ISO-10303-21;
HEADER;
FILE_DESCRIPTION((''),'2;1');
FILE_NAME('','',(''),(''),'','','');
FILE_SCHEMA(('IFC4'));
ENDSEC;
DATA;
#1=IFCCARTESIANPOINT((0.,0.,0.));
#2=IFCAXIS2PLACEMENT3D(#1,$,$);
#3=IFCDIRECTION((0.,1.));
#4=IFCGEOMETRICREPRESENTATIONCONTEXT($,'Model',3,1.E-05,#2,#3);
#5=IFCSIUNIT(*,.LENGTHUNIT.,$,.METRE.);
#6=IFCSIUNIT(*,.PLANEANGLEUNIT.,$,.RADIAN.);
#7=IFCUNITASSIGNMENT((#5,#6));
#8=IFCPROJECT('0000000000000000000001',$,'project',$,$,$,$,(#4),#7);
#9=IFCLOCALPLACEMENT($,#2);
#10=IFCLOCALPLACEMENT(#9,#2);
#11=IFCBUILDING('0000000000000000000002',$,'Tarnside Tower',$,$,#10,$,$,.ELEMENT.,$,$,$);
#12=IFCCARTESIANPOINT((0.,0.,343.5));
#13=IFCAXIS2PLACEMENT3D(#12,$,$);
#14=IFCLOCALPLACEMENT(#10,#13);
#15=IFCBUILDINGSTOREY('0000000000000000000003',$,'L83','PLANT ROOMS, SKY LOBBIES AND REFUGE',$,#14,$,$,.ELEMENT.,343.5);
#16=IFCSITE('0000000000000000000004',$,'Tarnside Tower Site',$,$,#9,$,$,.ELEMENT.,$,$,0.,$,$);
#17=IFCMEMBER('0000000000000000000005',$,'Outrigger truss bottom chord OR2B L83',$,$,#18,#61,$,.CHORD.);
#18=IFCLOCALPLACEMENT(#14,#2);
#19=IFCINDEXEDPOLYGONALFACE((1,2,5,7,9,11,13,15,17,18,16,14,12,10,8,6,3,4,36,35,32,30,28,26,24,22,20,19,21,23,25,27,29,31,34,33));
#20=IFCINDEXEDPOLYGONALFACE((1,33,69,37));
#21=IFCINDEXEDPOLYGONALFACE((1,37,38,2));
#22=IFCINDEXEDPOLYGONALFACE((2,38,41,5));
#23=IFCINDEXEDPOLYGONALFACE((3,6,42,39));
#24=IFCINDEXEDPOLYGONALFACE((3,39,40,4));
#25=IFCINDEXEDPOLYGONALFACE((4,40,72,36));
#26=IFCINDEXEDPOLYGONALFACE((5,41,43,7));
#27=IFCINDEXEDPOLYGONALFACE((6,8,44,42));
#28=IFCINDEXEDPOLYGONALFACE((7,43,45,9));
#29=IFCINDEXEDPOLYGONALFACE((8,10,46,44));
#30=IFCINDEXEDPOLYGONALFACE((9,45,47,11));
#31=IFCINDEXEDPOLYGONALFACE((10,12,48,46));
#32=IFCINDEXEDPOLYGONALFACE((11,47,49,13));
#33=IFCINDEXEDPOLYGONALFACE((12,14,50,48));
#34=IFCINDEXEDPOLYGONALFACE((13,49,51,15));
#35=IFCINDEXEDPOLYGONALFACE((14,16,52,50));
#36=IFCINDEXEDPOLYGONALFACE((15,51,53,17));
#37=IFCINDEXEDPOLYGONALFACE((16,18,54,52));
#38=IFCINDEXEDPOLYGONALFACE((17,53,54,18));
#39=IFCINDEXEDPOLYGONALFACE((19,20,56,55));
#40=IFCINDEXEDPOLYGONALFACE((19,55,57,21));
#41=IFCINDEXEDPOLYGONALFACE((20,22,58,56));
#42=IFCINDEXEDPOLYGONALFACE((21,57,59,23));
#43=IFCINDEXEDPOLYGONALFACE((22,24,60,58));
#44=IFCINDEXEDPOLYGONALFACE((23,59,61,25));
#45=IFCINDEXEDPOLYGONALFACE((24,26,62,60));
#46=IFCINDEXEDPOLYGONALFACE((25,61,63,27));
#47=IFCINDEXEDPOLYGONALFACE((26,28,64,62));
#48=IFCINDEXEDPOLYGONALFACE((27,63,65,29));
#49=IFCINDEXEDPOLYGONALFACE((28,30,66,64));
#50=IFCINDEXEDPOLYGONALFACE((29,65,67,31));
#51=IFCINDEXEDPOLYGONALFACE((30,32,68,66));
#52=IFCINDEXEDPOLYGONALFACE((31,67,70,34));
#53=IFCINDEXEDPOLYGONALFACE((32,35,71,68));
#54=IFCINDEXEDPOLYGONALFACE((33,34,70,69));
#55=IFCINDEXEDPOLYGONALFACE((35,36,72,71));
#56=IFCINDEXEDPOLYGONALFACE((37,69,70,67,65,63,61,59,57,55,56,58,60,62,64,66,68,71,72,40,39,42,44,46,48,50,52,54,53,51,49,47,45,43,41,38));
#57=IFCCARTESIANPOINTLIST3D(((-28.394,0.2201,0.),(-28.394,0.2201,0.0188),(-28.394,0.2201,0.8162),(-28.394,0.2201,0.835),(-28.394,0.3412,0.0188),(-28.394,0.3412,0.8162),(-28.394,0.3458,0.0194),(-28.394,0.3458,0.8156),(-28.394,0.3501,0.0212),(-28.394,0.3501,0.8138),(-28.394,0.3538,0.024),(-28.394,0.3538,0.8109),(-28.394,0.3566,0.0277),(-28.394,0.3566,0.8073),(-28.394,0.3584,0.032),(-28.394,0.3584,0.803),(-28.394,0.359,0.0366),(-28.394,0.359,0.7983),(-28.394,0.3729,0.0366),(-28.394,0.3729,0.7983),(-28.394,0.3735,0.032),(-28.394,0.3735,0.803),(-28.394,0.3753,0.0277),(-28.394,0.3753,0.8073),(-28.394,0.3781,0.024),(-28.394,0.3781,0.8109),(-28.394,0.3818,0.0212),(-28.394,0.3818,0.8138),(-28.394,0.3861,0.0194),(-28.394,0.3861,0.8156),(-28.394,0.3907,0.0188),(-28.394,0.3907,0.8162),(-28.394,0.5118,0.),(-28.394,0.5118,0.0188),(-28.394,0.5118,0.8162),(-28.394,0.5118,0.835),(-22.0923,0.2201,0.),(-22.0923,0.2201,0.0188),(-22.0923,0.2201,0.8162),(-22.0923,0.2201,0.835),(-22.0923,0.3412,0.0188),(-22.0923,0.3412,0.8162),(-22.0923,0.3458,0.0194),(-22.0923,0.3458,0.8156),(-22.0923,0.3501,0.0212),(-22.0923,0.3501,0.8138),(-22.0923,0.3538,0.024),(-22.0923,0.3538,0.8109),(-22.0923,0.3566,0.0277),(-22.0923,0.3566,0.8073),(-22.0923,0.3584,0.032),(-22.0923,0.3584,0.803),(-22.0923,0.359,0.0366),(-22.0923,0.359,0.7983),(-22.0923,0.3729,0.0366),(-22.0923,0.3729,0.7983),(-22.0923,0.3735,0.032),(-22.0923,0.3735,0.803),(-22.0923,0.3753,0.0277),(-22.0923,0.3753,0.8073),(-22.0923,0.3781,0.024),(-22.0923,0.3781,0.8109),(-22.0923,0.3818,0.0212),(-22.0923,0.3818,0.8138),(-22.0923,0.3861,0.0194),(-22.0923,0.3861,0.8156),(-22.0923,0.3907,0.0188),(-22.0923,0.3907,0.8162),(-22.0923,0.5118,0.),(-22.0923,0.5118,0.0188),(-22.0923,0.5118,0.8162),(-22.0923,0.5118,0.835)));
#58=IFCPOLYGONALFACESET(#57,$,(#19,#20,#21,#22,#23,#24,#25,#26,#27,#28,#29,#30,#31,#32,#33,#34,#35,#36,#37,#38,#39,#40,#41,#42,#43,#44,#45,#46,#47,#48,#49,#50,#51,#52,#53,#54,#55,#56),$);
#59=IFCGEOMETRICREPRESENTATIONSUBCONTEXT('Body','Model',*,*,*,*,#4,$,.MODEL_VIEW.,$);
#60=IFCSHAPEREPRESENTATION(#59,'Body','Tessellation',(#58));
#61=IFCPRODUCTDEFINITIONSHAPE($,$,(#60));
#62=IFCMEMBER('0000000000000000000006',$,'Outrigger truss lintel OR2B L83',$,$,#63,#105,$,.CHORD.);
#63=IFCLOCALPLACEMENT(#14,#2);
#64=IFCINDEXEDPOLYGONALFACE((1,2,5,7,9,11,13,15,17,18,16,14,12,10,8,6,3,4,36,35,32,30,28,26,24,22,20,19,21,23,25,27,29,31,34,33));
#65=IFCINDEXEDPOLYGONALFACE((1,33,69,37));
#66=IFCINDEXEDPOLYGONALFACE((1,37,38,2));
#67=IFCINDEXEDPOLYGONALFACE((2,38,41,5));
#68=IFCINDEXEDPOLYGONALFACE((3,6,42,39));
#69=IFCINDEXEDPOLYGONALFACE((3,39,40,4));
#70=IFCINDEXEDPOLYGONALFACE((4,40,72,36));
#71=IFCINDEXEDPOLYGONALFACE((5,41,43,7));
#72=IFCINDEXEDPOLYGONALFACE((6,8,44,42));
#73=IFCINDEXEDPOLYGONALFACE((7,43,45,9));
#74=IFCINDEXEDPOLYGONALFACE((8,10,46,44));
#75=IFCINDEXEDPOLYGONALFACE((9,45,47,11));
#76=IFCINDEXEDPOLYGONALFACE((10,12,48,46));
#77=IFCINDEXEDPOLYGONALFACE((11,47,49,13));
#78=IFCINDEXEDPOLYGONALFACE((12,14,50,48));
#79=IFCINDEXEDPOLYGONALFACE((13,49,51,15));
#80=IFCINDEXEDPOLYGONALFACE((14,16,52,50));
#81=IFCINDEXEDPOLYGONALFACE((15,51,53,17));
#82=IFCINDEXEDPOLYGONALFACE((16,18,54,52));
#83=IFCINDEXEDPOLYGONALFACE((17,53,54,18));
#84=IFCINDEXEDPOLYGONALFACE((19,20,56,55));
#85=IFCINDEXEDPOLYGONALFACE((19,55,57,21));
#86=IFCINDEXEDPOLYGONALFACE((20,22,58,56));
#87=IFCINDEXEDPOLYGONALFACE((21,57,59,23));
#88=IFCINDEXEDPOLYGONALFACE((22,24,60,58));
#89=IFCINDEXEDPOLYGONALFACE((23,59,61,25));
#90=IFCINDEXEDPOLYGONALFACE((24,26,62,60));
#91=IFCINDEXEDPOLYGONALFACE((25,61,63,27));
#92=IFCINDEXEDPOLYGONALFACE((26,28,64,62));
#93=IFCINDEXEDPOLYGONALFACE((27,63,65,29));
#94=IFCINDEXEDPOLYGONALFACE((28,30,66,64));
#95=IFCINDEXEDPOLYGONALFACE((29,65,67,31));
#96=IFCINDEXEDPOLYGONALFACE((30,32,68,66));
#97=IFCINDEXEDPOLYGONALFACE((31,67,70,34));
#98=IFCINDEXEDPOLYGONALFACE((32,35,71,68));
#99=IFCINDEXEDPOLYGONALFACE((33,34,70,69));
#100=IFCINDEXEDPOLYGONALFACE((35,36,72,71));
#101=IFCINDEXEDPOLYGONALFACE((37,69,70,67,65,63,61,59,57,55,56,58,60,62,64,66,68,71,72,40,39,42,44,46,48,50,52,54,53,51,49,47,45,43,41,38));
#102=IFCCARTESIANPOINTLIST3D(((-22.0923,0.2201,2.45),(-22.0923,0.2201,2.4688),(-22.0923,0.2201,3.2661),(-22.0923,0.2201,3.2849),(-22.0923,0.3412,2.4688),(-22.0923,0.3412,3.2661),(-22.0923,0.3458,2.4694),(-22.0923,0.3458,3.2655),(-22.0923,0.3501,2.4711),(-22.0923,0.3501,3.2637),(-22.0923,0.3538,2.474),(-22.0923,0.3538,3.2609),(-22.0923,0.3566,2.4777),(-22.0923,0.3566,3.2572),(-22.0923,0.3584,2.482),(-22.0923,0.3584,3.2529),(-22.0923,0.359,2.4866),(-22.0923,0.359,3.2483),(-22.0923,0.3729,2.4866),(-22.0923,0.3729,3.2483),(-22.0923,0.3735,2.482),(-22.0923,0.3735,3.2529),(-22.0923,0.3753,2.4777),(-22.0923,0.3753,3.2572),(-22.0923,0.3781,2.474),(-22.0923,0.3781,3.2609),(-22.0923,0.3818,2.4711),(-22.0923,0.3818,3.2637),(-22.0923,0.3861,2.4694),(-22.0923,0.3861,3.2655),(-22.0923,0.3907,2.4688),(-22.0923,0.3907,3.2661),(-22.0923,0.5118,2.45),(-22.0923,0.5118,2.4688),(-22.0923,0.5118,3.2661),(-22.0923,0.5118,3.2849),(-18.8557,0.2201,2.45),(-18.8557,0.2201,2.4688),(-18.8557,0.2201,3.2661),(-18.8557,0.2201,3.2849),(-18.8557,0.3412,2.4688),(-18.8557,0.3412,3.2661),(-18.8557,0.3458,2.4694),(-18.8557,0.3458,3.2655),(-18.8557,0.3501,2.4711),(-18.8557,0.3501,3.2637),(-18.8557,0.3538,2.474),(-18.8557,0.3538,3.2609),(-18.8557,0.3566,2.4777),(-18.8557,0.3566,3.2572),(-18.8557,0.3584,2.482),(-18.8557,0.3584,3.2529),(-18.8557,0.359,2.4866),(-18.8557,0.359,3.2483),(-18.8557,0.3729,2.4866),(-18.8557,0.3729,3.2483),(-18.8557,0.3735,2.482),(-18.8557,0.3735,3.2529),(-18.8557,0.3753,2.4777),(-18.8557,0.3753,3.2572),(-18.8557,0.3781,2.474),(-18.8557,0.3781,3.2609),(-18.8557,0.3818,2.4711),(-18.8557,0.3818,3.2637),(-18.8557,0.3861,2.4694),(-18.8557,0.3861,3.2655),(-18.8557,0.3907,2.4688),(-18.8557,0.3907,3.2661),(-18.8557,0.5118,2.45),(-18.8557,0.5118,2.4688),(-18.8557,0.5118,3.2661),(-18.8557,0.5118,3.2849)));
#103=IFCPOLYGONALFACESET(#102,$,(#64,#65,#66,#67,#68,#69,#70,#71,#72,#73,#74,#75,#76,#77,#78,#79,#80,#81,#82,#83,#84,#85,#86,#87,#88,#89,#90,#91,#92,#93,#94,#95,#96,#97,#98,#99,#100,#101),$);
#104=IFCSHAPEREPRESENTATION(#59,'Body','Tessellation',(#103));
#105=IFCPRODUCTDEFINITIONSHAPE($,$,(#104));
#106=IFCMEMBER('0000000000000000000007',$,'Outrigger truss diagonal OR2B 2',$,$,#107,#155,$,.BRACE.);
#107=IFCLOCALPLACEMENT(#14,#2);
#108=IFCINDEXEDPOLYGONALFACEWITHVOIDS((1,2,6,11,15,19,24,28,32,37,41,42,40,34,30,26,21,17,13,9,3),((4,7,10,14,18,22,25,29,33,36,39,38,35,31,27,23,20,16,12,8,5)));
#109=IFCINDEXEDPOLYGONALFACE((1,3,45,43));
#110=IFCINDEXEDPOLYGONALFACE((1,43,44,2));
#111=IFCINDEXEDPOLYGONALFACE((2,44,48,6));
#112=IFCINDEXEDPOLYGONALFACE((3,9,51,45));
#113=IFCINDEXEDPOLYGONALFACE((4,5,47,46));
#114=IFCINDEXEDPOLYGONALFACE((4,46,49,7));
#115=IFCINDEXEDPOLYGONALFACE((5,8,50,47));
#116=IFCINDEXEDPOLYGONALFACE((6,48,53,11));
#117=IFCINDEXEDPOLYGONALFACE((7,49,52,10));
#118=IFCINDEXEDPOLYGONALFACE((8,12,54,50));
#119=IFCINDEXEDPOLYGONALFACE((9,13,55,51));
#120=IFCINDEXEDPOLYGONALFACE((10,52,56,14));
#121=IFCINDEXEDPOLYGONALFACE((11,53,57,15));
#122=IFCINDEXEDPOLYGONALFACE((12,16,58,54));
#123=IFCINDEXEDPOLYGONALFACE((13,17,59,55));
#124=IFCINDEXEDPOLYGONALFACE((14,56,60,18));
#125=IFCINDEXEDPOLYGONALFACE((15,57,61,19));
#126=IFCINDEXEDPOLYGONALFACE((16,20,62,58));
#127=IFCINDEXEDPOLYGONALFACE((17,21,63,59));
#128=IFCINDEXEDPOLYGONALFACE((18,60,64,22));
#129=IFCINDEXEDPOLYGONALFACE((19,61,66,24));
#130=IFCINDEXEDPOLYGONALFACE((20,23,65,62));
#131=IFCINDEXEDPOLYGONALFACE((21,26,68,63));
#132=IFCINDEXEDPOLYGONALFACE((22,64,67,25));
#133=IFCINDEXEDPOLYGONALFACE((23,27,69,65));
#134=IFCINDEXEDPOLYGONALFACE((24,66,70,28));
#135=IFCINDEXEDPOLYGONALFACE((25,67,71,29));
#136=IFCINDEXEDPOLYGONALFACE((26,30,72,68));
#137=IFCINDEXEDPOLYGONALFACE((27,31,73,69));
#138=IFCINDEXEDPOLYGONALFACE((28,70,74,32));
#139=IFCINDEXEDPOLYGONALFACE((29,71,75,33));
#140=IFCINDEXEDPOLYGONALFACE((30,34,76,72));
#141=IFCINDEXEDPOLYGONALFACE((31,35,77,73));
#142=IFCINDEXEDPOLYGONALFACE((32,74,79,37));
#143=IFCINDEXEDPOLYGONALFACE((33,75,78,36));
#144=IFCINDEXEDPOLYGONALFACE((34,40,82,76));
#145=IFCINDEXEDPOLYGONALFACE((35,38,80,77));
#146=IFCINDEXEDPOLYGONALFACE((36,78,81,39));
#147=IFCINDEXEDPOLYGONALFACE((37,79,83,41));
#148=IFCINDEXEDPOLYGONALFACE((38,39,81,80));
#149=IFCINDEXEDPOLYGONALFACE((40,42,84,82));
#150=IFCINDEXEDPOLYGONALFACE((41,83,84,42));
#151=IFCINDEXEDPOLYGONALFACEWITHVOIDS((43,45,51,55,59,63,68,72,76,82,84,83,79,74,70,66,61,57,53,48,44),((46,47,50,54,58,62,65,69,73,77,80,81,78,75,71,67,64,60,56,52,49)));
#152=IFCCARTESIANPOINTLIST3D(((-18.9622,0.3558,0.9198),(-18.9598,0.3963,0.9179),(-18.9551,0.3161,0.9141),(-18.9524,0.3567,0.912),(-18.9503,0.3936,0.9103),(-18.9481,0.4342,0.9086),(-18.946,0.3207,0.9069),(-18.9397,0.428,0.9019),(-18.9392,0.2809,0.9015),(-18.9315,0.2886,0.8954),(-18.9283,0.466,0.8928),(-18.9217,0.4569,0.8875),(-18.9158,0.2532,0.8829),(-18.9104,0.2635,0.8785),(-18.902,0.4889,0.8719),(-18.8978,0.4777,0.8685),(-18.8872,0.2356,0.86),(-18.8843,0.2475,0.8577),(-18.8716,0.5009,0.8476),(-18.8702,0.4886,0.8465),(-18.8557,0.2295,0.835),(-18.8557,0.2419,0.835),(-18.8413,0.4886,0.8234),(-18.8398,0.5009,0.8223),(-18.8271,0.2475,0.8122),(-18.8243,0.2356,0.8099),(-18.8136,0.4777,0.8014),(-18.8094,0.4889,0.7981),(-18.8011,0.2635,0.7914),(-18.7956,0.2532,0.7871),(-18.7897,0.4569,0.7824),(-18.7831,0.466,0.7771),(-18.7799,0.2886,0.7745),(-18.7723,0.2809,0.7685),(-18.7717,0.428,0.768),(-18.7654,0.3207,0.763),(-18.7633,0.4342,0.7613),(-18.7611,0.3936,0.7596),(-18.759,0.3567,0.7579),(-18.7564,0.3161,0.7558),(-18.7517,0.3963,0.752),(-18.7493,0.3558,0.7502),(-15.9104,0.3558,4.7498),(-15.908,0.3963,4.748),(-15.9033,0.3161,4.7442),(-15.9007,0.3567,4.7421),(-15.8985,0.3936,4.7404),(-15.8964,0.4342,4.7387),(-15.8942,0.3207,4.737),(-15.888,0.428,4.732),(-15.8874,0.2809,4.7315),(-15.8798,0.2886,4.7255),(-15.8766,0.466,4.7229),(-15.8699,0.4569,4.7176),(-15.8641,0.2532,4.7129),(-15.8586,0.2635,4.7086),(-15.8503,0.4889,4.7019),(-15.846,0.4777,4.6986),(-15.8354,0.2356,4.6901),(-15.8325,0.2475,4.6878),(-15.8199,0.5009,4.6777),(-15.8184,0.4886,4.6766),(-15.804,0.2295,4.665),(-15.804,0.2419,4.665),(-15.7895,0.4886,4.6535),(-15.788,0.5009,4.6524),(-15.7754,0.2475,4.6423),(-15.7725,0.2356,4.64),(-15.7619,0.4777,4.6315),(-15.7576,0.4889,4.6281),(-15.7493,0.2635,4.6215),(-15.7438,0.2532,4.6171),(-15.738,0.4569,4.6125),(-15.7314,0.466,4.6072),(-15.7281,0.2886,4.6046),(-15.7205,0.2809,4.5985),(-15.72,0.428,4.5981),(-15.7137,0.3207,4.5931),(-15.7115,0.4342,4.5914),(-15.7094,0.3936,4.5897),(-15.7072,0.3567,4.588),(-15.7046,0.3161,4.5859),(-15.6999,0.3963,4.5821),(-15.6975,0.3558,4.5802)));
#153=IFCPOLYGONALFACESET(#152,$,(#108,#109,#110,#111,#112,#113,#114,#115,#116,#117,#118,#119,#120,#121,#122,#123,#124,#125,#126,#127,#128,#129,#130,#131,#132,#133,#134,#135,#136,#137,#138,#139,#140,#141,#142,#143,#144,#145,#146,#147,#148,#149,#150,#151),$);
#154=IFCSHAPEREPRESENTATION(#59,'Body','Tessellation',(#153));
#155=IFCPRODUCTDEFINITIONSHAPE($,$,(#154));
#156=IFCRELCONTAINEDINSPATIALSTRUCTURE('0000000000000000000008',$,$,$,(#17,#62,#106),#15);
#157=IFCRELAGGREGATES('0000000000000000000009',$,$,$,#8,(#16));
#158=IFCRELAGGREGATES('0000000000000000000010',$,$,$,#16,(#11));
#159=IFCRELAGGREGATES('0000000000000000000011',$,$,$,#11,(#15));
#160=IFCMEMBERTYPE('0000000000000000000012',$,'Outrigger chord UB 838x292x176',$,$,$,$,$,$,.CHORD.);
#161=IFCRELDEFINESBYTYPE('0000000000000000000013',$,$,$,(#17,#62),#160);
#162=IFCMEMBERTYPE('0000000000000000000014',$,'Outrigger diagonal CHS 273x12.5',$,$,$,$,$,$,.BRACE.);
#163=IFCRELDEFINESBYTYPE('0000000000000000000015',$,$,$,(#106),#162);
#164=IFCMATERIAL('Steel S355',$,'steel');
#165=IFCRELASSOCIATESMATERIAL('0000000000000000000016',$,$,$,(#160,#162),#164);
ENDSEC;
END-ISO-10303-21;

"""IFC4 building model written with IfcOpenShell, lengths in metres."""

from ifc_helpers import new_model, si_unit, direction, frame, origin, origin_2d, place, context, subcontext, project, spatial, hollow_circle, i_section, extrude, material, material_profile, profile_set, type_object, element, save


model = new_model("IFC4")

# Units and contexts
model_context = context("Model", 3, precision=1e-05, world=origin(), true_north=direction((0.0, 1.0)))
body_context = subcontext(model_context, "Body", "Model", "MODEL_VIEW")
ifc_project = project(units=[si_unit("LENGTHUNIT", "METRE"), si_unit("PLANEANGLEUNIT", "RADIAN")], contexts=[model_context])

# Site, building, storey
site_placement = place(None, origin())
site = spatial("IfcSite", under=ifc_project, at=site_placement, Name="Tarnside Tower Site", CompositionType="ELEMENT", RefElevation=0.0)
building_placement = place(site_placement, origin())
building = spatial("IfcBuilding", under=site, at=building_placement, Name="Tarnside Tower", CompositionType="ELEMENT")
storey_placement = place(building_placement, frame((0.0, 0.0, 343.5)))
storey = spatial("IfcBuildingStorey", under=building, at=storey_placement, Name="L83", Description="PLANT ROOMS, SKY LOBBIES AND REFUGE", CompositionType="ELEMENT", Elevation=343.5)

# Members
ifc_material_1 = material(Name="Steel S355", Category="steel")
ifc_material_profile_1 = material_profile(ifc_material_1, i_section(OverallWidth=0.2917, OverallDepth=0.835, WebThickness=0.0139, FlangeThickness=0.0188, FilletRadius=0.0178, at=origin_2d()), Name="UB 838x292x176")
ifc_profile_set_1 = profile_set([ifc_material_profile_1], Name="Steel S355")
member_type_1 = type_object("IfcMemberType", Name="Outrigger chord UB 838x292x176", PredefinedType="CHORD", material=ifc_profile_set_1)
member_1_placement = place(storey_placement, frame((-22.0923, 0.366, 0.4175), z_axis=(-1.0, 0.0, 0.0), x_axis=(0.0, -1.0, 0.0)))
element("IfcMember", 1, at=member_1_placement, inside=storey, type_object=member_type_1, Name="Outrigger truss bottom chord OR2B L83", PredefinedType="CHORD", context=body_context, shape_type="SweptSolid", body=[
    extrude(i_section(OverallWidth=0.2917, OverallDepth=0.835, WebThickness=0.0139, FlangeThickness=0.0188, FilletRadius=0.0178, at=origin_2d()), origin(), (0.0, 0.0, 1.0), 6.3018),
])
member_2_placement = place(storey_placement, frame((-18.8557, 0.366, 2.8674), z_axis=(-1.0, 0.0, 0.0), x_axis=(0.0, -1.0, 0.0)))
element("IfcMember", 2, at=member_2_placement, inside=storey, type_object=member_type_1, Name="Outrigger truss lintel OR2B L83", PredefinedType="CHORD", context=body_context, shape_type="SweptSolid", body=[
    extrude(i_section(OverallWidth=0.2917, OverallDepth=0.835, WebThickness=0.0139, FlangeThickness=0.0188, FilletRadius=0.0178, at=origin_2d()), origin(), (0.0, 0.0, 1.0), 3.2366),
])
ifc_material_profile_2 = material_profile(ifc_material_1, hollow_circle(Radius=0.1365, WallThickness=0.0125, at=origin_2d()), Name="CHS 273x12.5")
ifc_profile_set_2 = profile_set([ifc_material_profile_2], Name="Steel S355")
member_type_2 = type_object("IfcMemberType", Name="Outrigger diagonal CHS 273x12.5", PredefinedType="BRACE", material=ifc_profile_set_2)
member_3_placement = place(storey_placement, frame((-15.804, 0.366, 4.665), z_axis=(-0.623162, 0.0, -0.782093), x_axis=(0.0, -1.0, 0.0)))
element("IfcMember", 3, at=member_3_placement, inside=storey, type_object=member_type_2, Name="Outrigger truss diagonal OR2B 2", PredefinedType="BRACE", context=body_context, shape_type="SweptSolid", body=[
    extrude(hollow_circle(Radius=0.1365, WallThickness=0.0125, at=origin_2d()), origin(), (0.0, 0.0, 1.0), 4.8972),
])

save(model, "model.ifc")
